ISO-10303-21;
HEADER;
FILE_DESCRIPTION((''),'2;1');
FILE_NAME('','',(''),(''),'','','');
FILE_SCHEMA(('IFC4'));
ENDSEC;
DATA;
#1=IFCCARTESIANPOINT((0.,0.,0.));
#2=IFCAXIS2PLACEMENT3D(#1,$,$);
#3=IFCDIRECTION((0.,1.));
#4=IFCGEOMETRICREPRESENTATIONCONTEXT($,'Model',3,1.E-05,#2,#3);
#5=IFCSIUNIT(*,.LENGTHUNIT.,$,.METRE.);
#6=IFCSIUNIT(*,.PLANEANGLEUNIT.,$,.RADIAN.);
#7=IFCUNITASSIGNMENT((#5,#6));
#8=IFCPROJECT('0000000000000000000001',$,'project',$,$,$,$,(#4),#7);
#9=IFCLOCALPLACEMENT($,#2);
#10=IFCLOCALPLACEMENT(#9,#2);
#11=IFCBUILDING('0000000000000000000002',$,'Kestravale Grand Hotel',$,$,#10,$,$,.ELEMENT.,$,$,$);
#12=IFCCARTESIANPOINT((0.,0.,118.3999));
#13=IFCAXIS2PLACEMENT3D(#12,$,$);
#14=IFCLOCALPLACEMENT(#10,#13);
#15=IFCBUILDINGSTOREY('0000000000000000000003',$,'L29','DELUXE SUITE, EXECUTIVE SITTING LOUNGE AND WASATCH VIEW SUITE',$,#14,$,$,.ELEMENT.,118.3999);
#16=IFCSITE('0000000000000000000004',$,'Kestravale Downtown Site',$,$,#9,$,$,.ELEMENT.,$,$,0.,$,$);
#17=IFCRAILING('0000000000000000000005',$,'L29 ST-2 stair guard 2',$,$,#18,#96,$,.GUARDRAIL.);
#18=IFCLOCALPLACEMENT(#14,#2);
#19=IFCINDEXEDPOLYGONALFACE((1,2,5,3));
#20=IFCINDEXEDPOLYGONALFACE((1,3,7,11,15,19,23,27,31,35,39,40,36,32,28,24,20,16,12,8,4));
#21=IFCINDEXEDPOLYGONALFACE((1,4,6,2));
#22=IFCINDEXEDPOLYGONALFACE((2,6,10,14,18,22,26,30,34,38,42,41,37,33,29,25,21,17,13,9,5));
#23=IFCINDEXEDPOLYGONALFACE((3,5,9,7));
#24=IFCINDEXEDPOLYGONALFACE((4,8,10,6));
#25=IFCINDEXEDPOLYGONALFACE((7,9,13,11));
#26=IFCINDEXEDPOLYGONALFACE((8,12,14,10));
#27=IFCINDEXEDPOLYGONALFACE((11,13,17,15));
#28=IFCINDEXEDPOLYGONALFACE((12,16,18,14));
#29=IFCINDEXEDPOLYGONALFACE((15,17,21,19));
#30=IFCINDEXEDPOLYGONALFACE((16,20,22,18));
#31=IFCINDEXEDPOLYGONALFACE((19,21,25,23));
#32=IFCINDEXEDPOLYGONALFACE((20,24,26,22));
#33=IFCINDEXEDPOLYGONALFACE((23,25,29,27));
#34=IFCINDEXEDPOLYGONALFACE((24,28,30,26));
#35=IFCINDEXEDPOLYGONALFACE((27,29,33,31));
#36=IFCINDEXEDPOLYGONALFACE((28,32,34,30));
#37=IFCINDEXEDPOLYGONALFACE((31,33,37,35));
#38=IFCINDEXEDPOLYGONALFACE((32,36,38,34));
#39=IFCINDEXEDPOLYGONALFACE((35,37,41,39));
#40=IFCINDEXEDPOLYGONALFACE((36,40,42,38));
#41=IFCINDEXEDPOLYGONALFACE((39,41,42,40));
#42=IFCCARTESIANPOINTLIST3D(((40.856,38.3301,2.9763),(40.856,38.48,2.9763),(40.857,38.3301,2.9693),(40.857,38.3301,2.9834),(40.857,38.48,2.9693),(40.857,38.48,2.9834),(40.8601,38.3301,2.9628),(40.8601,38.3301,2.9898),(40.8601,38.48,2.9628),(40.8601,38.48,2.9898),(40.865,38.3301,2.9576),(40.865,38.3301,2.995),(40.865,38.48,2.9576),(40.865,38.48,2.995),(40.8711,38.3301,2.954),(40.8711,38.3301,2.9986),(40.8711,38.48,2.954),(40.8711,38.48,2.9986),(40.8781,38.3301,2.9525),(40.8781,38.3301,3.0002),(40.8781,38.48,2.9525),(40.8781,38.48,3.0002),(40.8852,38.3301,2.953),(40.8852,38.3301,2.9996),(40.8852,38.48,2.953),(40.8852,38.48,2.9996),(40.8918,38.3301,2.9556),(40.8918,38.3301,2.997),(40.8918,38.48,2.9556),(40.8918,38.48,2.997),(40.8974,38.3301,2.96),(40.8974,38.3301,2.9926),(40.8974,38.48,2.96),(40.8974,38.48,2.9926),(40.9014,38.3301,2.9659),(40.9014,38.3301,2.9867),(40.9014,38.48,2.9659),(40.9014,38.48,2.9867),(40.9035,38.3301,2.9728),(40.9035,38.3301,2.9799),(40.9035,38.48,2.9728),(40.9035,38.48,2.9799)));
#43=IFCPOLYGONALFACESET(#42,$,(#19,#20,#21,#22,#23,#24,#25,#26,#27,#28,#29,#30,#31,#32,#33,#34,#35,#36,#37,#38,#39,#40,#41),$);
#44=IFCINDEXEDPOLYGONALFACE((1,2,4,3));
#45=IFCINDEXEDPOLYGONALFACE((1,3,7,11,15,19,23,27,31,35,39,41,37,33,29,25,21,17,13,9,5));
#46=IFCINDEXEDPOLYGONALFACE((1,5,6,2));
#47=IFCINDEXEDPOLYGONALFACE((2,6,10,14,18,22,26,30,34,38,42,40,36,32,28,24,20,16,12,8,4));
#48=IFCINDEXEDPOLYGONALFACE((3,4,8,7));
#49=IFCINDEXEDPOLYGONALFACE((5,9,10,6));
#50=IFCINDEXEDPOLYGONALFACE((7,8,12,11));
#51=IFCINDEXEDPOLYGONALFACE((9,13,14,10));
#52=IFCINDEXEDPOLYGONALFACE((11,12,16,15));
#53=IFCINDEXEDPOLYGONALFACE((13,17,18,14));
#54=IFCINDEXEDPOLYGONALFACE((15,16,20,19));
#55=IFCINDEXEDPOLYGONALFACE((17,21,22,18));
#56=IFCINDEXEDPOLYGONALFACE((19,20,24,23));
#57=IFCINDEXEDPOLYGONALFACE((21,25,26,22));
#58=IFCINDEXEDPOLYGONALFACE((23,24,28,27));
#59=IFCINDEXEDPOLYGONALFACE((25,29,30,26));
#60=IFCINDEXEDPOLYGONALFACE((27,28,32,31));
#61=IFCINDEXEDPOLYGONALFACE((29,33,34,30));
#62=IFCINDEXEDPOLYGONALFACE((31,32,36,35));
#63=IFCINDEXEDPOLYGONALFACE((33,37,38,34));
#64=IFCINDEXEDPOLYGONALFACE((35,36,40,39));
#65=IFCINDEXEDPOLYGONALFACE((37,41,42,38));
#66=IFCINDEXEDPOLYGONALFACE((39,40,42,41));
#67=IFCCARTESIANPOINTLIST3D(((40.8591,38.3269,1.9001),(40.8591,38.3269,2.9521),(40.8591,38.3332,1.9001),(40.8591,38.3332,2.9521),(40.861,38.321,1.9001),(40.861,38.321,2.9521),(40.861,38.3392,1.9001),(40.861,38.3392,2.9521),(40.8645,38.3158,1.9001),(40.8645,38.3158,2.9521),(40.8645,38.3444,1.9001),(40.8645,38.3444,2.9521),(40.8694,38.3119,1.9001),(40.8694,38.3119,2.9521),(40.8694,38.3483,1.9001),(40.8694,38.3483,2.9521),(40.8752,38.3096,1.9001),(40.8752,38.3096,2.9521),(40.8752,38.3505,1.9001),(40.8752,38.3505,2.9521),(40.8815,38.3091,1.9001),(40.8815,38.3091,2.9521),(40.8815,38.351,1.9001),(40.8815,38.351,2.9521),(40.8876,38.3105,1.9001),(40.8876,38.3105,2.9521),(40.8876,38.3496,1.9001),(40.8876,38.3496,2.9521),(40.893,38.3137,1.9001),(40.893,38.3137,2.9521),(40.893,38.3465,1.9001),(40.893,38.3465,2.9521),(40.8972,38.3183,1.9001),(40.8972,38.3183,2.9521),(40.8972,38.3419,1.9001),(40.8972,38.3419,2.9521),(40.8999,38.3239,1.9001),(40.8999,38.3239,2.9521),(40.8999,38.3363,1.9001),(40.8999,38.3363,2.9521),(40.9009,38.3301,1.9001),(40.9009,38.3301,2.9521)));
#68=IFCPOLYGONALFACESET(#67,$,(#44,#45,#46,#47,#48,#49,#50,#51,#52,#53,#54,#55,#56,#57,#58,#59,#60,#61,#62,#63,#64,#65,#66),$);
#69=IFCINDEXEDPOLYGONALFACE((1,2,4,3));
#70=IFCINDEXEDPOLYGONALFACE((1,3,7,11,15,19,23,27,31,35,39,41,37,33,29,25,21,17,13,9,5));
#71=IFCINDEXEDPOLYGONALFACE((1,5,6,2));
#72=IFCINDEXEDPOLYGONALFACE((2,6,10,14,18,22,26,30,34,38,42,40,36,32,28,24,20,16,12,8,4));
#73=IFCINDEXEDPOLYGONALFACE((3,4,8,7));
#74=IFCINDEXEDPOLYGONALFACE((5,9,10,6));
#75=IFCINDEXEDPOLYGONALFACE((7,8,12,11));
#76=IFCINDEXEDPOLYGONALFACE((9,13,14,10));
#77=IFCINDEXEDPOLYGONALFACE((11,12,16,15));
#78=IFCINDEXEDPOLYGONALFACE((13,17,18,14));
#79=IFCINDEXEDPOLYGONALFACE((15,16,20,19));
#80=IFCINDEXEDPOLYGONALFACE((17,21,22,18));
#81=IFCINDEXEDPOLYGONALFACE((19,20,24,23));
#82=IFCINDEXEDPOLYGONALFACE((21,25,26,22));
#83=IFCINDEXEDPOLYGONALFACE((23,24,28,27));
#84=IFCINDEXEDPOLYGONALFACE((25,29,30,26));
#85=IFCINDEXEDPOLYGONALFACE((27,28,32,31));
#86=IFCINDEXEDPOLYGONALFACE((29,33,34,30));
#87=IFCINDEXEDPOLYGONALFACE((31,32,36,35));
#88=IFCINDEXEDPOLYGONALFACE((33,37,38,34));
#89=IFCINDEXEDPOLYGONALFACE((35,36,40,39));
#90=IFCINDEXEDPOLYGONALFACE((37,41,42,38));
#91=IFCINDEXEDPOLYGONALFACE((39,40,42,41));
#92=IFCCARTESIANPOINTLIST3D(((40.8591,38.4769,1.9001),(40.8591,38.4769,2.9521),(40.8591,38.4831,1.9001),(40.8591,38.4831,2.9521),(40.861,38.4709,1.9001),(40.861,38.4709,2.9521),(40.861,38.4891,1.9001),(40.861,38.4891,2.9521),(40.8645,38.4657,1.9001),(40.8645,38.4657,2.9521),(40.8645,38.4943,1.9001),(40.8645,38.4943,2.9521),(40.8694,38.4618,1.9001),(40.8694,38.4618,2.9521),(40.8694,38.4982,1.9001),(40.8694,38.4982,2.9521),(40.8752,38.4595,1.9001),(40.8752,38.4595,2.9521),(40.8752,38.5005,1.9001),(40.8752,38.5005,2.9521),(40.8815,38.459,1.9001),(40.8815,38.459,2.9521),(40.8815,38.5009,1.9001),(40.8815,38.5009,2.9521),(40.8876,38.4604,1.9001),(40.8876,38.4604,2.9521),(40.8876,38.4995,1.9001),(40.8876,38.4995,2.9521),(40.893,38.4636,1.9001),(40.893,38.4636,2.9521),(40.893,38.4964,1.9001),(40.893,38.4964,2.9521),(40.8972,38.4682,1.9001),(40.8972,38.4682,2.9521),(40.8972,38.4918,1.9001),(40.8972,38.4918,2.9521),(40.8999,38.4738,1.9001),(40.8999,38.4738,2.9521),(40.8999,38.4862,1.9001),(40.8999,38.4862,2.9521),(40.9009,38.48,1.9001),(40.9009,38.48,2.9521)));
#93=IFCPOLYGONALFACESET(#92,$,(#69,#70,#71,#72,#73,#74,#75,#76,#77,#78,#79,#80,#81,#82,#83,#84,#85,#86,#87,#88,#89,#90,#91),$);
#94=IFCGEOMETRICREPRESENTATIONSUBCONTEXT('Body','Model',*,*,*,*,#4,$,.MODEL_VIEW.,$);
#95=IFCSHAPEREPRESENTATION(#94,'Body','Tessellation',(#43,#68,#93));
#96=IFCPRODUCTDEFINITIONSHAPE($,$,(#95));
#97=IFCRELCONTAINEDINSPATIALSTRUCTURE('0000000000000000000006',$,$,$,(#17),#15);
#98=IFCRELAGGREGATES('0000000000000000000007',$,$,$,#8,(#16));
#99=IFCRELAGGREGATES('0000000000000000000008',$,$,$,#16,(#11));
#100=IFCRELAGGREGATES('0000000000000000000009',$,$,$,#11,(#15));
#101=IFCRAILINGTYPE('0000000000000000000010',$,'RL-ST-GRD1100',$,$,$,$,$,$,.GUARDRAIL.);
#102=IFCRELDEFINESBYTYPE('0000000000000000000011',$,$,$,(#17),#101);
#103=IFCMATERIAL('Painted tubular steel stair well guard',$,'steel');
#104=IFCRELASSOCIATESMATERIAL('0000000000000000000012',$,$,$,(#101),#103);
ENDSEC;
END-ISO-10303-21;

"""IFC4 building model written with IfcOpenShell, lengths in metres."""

from ifc_helpers import new_model, si_unit, direction, frame, origin, origin_2d, place, context, subcontext, project, spatial, circle, extrude, material, type_object, element, save


model = new_model("IFC4")

# Units and contexts
model_context = context("Model", 3, precision=1e-05, world=origin(), true_north=direction((0.0, 1.0)))
body_context = subcontext(model_context, "Body", "Model", "MODEL_VIEW")
ifc_project = project(units=[si_unit("LENGTHUNIT", "METRE"), si_unit("PLANEANGLEUNIT", "RADIAN")], contexts=[model_context])

# Site, building, storey
site_placement = place(None, origin())
site = spatial("IfcSite", under=ifc_project, at=site_placement, Name="Kestravale Downtown Site", CompositionType="ELEMENT", RefElevation=0.0)
building_placement = place(site_placement, origin())
building = spatial("IfcBuilding", under=site, at=building_placement, Name="Kestravale Grand Hotel", CompositionType="ELEMENT")
storey_placement = place(building_placement, frame((0.0, 0.0, 118.3999)))
storey = spatial("IfcBuildingStorey", under=building, at=storey_placement, Name="L29", Description="DELUXE SUITE, EXECUTIVE SITTING LOUNGE AND WASATCH VIEW SUITE", CompositionType="ELEMENT", Elevation=118.3999)

# Railing
ifc_material_1 = material(Name="Painted tubular steel stair well guard", Category="steel")
railing_type_1 = type_object("IfcRailingType", Name="RL-ST-GRD1100", PredefinedType="GUARDRAIL", material=ifc_material_1)
railing_1_placement = place(storey_placement, frame((40.8799, 38.3301, 1.9001)))
element("IfcRailing", 1, at=railing_1_placement, inside=storey, type_object=railing_type_1, Name="L29 ST-2 stair guard 2", PredefinedType="GUARDRAIL", context=body_context, shape_type="SweptSolid", body=[
    extrude(circle(Radius=0.0239, at=origin_2d()), frame((0.0, 0.0, 1.0762), z_axis=(0.0, 1.0, 0.0), x_axis=(-1.0, 0.0, 0.0)), (0.0, 0.0, 1.0), 0.1499),
    extrude(circle(Radius=0.021, at=origin_2d()), origin(), (0.0, 0.0, 1.0), 1.052),
    extrude(circle(Radius=0.021, at=origin_2d()), frame((0.0, 0.1499, 0.0)), (0.0, 0.0, 1.0), 1.052),
])

save(model, "model.ifc")
